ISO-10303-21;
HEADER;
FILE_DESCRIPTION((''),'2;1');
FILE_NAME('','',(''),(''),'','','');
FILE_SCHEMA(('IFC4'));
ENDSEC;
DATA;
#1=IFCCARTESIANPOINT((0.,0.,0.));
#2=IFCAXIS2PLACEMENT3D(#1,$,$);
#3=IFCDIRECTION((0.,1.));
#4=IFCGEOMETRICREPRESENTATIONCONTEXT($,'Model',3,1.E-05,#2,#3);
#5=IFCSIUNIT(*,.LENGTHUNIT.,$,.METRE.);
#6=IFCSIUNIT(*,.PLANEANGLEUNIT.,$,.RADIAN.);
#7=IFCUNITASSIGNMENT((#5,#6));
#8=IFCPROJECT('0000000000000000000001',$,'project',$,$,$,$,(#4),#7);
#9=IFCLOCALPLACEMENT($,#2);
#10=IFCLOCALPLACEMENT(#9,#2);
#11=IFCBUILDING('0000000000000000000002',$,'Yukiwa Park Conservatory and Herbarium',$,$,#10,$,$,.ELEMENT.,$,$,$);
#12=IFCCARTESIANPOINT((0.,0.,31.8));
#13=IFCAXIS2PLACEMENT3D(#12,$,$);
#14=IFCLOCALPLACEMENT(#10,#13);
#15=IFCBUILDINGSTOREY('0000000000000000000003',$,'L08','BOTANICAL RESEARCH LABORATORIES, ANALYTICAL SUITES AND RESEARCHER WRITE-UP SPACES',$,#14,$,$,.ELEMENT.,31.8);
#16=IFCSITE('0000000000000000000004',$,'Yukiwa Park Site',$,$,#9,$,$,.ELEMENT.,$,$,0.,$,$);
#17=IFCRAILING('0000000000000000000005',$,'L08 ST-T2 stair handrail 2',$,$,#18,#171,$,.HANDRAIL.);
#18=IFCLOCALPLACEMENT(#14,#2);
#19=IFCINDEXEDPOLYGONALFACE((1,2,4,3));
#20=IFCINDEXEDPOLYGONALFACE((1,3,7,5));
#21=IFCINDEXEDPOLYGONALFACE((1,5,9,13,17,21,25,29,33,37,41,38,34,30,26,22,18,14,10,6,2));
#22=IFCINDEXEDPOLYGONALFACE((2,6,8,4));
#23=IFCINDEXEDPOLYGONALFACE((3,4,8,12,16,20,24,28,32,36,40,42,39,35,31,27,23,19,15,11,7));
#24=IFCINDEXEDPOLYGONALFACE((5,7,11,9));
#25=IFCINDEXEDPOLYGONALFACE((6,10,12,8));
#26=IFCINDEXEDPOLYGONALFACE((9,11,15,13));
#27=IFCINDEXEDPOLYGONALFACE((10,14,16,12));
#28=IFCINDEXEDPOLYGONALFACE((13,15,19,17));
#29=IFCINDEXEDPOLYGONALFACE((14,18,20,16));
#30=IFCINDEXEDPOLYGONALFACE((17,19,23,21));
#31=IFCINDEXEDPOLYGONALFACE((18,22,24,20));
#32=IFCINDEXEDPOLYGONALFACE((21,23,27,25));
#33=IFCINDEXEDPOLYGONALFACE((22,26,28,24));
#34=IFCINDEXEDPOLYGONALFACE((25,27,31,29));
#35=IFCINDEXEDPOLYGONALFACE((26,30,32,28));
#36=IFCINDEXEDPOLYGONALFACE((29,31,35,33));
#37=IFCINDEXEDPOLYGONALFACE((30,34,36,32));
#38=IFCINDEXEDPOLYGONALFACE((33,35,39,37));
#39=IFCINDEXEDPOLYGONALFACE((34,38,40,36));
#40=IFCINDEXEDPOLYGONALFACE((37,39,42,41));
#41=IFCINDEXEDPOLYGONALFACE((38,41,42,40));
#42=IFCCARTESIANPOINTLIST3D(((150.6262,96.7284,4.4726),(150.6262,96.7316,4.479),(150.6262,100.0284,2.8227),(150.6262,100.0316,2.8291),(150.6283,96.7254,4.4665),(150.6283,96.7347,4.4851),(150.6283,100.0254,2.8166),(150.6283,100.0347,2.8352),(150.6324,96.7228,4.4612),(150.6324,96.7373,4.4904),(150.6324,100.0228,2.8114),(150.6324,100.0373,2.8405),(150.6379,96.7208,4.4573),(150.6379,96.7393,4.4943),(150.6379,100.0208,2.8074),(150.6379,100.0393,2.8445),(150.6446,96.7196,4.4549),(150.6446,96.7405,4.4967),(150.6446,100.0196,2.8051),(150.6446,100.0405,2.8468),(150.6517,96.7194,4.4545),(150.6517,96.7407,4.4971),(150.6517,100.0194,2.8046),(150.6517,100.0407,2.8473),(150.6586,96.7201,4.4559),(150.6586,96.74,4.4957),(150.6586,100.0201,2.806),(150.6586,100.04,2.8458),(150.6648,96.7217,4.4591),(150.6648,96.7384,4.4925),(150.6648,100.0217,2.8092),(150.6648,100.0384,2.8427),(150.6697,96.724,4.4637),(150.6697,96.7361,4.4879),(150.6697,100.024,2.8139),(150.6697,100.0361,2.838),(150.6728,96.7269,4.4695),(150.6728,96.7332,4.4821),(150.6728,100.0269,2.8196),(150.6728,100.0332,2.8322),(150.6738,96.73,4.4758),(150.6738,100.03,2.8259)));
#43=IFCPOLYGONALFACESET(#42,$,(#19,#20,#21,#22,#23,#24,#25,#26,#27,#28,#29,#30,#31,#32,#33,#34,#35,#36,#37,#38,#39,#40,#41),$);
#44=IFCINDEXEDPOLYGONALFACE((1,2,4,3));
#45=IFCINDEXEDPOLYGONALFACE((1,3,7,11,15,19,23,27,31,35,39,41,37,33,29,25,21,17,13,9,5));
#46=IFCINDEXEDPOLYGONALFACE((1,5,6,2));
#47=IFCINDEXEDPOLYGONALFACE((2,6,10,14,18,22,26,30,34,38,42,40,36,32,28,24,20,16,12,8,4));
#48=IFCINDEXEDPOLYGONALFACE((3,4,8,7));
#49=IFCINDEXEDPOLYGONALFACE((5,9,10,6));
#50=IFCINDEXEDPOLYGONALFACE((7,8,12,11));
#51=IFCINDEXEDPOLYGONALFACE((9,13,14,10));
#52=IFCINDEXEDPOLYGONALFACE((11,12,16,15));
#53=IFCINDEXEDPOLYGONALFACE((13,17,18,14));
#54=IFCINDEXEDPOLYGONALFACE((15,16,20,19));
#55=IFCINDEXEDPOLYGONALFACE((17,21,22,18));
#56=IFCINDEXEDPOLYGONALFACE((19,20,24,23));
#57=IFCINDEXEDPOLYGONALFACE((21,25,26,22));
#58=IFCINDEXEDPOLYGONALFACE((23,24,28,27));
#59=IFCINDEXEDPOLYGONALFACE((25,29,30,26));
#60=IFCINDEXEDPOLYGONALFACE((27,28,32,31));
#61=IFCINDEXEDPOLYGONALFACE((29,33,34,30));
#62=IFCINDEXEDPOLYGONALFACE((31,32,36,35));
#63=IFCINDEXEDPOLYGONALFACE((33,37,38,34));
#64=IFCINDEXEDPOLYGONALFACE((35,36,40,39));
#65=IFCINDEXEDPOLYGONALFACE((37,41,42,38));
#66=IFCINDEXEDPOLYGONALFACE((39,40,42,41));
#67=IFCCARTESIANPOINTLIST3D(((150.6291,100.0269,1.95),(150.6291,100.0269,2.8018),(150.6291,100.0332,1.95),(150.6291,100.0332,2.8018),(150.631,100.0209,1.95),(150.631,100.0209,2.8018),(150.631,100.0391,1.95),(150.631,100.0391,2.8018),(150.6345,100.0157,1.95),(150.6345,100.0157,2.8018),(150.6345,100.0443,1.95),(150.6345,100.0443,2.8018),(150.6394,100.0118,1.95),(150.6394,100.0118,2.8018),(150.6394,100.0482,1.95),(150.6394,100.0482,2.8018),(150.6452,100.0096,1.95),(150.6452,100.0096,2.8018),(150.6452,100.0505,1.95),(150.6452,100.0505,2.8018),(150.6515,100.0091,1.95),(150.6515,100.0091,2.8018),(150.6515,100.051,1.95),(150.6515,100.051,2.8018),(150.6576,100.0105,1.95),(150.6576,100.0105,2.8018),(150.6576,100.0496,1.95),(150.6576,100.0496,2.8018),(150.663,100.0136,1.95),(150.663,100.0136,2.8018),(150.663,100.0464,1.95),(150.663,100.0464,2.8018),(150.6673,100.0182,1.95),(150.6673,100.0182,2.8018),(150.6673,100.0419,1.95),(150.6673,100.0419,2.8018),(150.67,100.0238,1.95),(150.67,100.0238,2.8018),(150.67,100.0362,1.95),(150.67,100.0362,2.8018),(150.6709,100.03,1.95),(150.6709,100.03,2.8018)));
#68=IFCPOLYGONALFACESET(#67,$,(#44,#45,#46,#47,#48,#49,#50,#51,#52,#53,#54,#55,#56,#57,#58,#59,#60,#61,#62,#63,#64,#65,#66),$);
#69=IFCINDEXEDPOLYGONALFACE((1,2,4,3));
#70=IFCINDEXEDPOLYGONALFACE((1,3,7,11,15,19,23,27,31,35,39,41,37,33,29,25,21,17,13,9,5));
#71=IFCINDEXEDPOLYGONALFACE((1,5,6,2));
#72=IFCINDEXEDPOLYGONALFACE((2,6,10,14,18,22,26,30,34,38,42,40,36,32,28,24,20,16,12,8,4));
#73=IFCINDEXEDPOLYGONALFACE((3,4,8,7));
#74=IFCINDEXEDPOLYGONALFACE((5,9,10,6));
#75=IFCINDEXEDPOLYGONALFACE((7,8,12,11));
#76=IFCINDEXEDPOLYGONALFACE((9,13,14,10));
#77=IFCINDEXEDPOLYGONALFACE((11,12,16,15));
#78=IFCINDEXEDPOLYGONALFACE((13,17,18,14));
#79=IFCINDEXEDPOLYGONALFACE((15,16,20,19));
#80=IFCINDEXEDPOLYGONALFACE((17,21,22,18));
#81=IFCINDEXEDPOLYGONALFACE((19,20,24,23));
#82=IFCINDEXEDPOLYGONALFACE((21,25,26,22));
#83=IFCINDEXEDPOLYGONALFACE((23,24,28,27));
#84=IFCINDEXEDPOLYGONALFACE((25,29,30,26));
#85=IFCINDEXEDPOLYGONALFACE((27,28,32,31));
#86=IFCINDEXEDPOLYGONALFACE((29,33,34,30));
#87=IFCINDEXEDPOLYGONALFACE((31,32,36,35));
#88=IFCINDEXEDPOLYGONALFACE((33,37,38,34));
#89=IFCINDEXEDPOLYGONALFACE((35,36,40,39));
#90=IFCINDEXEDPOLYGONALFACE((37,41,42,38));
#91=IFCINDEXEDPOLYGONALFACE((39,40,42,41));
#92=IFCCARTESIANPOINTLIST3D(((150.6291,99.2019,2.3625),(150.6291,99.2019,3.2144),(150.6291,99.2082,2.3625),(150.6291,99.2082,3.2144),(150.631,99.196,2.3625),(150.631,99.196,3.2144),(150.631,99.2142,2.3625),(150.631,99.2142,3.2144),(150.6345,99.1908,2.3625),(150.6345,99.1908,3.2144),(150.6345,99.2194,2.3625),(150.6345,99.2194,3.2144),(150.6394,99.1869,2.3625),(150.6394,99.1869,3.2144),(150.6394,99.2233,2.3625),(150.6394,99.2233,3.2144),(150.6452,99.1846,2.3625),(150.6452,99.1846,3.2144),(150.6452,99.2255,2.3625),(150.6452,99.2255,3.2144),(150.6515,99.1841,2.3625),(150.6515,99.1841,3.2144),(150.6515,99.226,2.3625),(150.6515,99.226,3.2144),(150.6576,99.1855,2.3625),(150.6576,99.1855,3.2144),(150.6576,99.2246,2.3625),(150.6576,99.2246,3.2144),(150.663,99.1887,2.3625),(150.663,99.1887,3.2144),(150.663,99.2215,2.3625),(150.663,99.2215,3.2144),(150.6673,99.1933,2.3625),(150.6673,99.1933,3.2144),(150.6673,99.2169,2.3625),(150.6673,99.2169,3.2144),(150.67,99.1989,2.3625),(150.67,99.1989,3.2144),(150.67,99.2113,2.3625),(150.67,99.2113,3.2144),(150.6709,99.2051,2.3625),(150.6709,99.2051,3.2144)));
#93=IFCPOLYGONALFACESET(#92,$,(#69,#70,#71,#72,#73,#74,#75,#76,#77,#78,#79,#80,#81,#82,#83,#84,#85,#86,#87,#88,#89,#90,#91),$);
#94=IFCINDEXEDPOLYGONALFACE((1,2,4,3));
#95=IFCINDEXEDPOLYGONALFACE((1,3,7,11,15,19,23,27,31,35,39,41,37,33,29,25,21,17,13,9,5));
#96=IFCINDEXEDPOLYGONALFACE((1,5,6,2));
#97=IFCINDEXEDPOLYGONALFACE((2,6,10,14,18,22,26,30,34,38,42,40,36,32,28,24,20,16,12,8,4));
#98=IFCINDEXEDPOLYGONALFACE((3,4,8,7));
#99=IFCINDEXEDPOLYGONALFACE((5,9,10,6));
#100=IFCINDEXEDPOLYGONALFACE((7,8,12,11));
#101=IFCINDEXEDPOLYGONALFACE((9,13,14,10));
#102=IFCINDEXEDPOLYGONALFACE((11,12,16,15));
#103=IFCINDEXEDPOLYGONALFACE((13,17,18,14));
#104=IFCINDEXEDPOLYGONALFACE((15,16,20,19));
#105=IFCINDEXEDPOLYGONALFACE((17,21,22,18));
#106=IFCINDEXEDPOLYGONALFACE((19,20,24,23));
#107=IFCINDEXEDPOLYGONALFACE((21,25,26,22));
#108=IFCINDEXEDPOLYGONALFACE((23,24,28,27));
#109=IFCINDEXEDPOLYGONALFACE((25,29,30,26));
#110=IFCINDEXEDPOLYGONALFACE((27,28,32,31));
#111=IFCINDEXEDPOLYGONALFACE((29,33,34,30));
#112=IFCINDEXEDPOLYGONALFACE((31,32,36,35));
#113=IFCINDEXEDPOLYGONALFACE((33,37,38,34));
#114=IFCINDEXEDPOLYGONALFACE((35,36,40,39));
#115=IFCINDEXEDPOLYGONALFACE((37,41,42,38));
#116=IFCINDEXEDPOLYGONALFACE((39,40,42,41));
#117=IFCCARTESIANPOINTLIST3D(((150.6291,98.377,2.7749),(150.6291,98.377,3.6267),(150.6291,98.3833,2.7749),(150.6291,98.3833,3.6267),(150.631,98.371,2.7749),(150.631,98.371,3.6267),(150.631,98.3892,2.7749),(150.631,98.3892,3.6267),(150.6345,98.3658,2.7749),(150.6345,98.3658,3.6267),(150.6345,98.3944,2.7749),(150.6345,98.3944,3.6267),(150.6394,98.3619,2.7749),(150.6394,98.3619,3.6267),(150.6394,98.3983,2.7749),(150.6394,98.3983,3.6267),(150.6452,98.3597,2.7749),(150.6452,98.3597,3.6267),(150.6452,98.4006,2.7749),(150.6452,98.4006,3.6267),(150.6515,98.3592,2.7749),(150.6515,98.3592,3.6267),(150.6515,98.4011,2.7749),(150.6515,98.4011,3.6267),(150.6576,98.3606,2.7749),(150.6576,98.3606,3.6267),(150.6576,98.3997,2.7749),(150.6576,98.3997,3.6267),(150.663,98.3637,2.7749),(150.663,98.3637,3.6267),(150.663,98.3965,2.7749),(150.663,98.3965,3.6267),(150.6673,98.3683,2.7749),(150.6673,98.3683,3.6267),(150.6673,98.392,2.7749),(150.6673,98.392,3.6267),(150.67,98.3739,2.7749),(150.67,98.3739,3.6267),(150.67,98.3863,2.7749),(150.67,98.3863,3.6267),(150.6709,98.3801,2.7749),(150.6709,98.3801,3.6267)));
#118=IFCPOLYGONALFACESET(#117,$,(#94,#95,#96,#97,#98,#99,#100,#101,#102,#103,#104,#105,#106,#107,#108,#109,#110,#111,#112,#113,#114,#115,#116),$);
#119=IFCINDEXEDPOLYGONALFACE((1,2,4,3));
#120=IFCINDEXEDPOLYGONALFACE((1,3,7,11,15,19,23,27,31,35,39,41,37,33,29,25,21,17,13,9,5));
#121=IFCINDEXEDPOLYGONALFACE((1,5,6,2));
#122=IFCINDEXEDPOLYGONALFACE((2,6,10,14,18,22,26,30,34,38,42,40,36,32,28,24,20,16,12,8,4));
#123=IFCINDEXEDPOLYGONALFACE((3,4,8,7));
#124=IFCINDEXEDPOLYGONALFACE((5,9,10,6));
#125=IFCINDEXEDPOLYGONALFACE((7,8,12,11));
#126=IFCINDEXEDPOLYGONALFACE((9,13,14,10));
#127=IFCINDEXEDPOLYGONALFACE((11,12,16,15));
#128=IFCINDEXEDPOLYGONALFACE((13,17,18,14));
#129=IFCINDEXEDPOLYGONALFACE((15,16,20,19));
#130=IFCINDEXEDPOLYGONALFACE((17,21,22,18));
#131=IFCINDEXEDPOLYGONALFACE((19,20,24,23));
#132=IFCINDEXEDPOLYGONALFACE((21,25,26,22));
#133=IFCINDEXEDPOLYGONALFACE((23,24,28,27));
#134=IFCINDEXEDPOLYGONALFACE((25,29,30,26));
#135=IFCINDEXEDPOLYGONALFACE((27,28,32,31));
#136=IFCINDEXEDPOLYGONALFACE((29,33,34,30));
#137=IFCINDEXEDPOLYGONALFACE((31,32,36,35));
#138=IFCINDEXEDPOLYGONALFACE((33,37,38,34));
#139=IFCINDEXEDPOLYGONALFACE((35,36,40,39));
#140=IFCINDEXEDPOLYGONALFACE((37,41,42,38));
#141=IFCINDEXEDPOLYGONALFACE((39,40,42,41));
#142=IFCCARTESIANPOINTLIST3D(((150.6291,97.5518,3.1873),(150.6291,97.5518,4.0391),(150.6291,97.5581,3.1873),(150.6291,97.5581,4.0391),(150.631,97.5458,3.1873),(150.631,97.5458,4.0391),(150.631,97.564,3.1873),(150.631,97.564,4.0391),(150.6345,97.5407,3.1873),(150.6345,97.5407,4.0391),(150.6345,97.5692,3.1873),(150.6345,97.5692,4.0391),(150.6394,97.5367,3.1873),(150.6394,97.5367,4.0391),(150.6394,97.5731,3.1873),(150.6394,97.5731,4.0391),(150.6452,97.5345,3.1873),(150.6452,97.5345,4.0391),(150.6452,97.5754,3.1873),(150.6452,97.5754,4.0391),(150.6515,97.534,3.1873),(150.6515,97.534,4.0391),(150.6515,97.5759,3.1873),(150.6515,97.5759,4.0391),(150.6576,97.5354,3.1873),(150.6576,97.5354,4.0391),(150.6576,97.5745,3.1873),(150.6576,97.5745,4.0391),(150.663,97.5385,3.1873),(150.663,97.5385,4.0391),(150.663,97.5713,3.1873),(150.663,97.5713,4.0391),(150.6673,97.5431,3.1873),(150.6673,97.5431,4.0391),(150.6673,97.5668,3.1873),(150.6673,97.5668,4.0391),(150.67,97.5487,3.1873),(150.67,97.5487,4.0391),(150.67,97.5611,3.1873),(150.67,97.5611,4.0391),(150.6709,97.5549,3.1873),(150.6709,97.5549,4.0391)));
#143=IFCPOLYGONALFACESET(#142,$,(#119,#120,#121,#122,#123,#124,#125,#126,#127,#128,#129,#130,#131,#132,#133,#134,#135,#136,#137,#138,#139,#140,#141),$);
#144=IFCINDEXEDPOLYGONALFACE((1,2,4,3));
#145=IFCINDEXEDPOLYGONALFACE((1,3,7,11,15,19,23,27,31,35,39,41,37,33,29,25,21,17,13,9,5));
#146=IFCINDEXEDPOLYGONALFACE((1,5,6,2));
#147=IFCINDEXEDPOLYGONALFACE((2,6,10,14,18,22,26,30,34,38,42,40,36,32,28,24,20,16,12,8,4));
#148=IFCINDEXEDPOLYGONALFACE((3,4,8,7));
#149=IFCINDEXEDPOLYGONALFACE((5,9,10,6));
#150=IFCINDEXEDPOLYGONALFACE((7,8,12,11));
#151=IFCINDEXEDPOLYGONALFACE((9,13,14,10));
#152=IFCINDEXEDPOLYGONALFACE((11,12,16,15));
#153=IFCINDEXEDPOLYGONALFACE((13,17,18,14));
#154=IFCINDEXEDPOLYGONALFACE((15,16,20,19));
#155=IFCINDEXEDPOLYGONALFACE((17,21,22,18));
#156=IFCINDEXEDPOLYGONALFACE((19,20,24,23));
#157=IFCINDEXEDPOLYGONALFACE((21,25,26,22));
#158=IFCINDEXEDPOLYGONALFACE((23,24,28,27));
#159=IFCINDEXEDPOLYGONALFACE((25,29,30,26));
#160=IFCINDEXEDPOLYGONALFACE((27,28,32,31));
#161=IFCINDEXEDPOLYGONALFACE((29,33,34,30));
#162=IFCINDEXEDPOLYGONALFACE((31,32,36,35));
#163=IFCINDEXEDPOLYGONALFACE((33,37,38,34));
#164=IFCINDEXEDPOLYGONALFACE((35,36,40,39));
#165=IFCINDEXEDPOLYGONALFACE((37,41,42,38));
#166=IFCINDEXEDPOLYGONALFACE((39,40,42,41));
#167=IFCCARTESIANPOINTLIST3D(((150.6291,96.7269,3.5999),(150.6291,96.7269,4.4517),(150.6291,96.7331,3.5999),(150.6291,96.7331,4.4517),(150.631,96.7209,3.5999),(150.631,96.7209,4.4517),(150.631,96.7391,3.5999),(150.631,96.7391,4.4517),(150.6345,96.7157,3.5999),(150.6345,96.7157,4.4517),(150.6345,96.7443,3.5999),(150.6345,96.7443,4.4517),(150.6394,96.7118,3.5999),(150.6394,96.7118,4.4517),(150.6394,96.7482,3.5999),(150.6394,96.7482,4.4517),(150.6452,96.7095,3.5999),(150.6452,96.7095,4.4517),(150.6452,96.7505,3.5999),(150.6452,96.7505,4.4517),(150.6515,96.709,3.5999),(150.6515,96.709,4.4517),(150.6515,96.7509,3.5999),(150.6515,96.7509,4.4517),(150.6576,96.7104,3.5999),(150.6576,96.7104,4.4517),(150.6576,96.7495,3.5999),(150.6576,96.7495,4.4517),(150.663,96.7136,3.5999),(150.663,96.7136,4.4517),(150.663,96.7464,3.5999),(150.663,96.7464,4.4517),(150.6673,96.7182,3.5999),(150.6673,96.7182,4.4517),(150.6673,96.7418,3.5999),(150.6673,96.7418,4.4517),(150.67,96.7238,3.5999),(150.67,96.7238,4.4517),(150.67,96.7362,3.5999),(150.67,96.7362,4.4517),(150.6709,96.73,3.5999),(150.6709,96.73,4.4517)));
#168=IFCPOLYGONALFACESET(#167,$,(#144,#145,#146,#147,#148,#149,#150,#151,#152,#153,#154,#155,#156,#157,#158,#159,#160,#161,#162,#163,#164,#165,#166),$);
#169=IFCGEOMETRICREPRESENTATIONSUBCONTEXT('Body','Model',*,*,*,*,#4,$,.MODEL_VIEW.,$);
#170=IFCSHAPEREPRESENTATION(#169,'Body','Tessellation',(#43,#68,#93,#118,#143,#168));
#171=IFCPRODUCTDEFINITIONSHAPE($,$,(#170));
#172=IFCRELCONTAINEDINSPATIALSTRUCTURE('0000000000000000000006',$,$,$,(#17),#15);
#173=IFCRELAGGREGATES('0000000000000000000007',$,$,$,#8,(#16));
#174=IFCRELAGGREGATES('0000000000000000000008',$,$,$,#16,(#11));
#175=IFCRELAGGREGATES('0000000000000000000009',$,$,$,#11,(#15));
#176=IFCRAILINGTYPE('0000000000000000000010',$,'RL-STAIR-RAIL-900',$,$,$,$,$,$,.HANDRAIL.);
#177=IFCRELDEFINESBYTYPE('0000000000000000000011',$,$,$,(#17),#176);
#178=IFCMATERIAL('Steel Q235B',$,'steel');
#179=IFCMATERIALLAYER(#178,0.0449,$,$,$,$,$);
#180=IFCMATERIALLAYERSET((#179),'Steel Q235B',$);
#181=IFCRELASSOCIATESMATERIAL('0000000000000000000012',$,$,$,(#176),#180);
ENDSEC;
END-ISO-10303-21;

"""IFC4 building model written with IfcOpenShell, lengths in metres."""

from ifc_helpers import new_model, si_unit, direction, frame, origin, origin_2d, place, context, subcontext, project, spatial, circle, extrude, material, layer, layer_set, type_object, element, save


model = new_model("IFC4")

# Units and contexts
model_context = context("Model", 3, precision=1e-05, world=origin(), true_north=direction((0.0, 1.0)))
body_context = subcontext(model_context, "Body", "Model", "MODEL_VIEW")
ifc_project = project(units=[si_unit("LENGTHUNIT", "METRE"), si_unit("PLANEANGLEUNIT", "RADIAN")], contexts=[model_context])

# Site, building, storey
site_placement = place(None, origin())
site = spatial("IfcSite", under=ifc_project, at=site_placement, Name="Yukiwa Park Site", CompositionType="ELEMENT", RefElevation=0.0)
building_placement = place(site_placement, origin())
building = spatial("IfcBuilding", under=site, at=building_placement, Name="Yukiwa Park Conservatory and Herbarium", CompositionType="ELEMENT")
storey_placement = place(building_placement, frame((0.0, 0.0, 31.8)))
storey = spatial("IfcBuildingStorey", under=building, at=storey_placement, Name="L08", Description="BOTANICAL RESEARCH LABORATORIES, ANALYTICAL SUITES AND RESEARCHER WRITE-UP SPACES", CompositionType="ELEMENT", Elevation=31.8)

# Railing
ifc_material_1 = material(Name="Steel Q235B", Category="steel")
ifc_layer_1 = layer(ifc_material_1, 0.0449)
ifc_layer_set_1 = layer_set([ifc_layer_1], Name="Steel Q235B")
railing_type_1 = type_object("IfcRailingType", Name="RL-STAIR-RAIL-900", PredefinedType="HANDRAIL", material=ifc_layer_set_1)
railing_1_placement = place(storey_placement, frame((150.6499, 100.03, 1.95)))
element("IfcRailing", 1, at=railing_1_placement, inside=storey, type_object=railing_type_1, Name="L08 ST-T2 stair handrail 2", PredefinedType="HANDRAIL", context=body_context, shape_type="SweptSolid", body=[
    extrude(circle(Radius=0.0239, at=origin_2d()), frame((0.0, 0.0, 0.876), z_axis=(0.0, -0.89444, 0.447187), x_axis=(1.0, 0.0, 0.0)), (0.0, 0.0, 1.0), 3.6895),
    extrude(circle(Radius=0.021, at=origin_2d()), origin(), (0.0, 0.0, 1.0), 0.8518),
    extrude(circle(Radius=0.021, at=origin_2d()), frame((0.0, -0.825, 0.4126)), (0.0, 0.0, 1.0), 0.8518),
    extrude(circle(Radius=0.021, at=origin_2d()), frame((0.0, -1.6499, 0.825)), (0.0, 0.0, 1.0), 0.8518),
    extrude(circle(Radius=0.021, at=origin_2d()), frame((0.0, -2.4751, 1.2373)), (0.0, 0.0, 1.0), 0.8518),
    extrude(circle(Radius=0.021, at=origin_2d()), frame((0.0, -3.3, 1.6499)), (0.0, 0.0, 1.0), 0.8518),
])

save(model, "model.ifc")
